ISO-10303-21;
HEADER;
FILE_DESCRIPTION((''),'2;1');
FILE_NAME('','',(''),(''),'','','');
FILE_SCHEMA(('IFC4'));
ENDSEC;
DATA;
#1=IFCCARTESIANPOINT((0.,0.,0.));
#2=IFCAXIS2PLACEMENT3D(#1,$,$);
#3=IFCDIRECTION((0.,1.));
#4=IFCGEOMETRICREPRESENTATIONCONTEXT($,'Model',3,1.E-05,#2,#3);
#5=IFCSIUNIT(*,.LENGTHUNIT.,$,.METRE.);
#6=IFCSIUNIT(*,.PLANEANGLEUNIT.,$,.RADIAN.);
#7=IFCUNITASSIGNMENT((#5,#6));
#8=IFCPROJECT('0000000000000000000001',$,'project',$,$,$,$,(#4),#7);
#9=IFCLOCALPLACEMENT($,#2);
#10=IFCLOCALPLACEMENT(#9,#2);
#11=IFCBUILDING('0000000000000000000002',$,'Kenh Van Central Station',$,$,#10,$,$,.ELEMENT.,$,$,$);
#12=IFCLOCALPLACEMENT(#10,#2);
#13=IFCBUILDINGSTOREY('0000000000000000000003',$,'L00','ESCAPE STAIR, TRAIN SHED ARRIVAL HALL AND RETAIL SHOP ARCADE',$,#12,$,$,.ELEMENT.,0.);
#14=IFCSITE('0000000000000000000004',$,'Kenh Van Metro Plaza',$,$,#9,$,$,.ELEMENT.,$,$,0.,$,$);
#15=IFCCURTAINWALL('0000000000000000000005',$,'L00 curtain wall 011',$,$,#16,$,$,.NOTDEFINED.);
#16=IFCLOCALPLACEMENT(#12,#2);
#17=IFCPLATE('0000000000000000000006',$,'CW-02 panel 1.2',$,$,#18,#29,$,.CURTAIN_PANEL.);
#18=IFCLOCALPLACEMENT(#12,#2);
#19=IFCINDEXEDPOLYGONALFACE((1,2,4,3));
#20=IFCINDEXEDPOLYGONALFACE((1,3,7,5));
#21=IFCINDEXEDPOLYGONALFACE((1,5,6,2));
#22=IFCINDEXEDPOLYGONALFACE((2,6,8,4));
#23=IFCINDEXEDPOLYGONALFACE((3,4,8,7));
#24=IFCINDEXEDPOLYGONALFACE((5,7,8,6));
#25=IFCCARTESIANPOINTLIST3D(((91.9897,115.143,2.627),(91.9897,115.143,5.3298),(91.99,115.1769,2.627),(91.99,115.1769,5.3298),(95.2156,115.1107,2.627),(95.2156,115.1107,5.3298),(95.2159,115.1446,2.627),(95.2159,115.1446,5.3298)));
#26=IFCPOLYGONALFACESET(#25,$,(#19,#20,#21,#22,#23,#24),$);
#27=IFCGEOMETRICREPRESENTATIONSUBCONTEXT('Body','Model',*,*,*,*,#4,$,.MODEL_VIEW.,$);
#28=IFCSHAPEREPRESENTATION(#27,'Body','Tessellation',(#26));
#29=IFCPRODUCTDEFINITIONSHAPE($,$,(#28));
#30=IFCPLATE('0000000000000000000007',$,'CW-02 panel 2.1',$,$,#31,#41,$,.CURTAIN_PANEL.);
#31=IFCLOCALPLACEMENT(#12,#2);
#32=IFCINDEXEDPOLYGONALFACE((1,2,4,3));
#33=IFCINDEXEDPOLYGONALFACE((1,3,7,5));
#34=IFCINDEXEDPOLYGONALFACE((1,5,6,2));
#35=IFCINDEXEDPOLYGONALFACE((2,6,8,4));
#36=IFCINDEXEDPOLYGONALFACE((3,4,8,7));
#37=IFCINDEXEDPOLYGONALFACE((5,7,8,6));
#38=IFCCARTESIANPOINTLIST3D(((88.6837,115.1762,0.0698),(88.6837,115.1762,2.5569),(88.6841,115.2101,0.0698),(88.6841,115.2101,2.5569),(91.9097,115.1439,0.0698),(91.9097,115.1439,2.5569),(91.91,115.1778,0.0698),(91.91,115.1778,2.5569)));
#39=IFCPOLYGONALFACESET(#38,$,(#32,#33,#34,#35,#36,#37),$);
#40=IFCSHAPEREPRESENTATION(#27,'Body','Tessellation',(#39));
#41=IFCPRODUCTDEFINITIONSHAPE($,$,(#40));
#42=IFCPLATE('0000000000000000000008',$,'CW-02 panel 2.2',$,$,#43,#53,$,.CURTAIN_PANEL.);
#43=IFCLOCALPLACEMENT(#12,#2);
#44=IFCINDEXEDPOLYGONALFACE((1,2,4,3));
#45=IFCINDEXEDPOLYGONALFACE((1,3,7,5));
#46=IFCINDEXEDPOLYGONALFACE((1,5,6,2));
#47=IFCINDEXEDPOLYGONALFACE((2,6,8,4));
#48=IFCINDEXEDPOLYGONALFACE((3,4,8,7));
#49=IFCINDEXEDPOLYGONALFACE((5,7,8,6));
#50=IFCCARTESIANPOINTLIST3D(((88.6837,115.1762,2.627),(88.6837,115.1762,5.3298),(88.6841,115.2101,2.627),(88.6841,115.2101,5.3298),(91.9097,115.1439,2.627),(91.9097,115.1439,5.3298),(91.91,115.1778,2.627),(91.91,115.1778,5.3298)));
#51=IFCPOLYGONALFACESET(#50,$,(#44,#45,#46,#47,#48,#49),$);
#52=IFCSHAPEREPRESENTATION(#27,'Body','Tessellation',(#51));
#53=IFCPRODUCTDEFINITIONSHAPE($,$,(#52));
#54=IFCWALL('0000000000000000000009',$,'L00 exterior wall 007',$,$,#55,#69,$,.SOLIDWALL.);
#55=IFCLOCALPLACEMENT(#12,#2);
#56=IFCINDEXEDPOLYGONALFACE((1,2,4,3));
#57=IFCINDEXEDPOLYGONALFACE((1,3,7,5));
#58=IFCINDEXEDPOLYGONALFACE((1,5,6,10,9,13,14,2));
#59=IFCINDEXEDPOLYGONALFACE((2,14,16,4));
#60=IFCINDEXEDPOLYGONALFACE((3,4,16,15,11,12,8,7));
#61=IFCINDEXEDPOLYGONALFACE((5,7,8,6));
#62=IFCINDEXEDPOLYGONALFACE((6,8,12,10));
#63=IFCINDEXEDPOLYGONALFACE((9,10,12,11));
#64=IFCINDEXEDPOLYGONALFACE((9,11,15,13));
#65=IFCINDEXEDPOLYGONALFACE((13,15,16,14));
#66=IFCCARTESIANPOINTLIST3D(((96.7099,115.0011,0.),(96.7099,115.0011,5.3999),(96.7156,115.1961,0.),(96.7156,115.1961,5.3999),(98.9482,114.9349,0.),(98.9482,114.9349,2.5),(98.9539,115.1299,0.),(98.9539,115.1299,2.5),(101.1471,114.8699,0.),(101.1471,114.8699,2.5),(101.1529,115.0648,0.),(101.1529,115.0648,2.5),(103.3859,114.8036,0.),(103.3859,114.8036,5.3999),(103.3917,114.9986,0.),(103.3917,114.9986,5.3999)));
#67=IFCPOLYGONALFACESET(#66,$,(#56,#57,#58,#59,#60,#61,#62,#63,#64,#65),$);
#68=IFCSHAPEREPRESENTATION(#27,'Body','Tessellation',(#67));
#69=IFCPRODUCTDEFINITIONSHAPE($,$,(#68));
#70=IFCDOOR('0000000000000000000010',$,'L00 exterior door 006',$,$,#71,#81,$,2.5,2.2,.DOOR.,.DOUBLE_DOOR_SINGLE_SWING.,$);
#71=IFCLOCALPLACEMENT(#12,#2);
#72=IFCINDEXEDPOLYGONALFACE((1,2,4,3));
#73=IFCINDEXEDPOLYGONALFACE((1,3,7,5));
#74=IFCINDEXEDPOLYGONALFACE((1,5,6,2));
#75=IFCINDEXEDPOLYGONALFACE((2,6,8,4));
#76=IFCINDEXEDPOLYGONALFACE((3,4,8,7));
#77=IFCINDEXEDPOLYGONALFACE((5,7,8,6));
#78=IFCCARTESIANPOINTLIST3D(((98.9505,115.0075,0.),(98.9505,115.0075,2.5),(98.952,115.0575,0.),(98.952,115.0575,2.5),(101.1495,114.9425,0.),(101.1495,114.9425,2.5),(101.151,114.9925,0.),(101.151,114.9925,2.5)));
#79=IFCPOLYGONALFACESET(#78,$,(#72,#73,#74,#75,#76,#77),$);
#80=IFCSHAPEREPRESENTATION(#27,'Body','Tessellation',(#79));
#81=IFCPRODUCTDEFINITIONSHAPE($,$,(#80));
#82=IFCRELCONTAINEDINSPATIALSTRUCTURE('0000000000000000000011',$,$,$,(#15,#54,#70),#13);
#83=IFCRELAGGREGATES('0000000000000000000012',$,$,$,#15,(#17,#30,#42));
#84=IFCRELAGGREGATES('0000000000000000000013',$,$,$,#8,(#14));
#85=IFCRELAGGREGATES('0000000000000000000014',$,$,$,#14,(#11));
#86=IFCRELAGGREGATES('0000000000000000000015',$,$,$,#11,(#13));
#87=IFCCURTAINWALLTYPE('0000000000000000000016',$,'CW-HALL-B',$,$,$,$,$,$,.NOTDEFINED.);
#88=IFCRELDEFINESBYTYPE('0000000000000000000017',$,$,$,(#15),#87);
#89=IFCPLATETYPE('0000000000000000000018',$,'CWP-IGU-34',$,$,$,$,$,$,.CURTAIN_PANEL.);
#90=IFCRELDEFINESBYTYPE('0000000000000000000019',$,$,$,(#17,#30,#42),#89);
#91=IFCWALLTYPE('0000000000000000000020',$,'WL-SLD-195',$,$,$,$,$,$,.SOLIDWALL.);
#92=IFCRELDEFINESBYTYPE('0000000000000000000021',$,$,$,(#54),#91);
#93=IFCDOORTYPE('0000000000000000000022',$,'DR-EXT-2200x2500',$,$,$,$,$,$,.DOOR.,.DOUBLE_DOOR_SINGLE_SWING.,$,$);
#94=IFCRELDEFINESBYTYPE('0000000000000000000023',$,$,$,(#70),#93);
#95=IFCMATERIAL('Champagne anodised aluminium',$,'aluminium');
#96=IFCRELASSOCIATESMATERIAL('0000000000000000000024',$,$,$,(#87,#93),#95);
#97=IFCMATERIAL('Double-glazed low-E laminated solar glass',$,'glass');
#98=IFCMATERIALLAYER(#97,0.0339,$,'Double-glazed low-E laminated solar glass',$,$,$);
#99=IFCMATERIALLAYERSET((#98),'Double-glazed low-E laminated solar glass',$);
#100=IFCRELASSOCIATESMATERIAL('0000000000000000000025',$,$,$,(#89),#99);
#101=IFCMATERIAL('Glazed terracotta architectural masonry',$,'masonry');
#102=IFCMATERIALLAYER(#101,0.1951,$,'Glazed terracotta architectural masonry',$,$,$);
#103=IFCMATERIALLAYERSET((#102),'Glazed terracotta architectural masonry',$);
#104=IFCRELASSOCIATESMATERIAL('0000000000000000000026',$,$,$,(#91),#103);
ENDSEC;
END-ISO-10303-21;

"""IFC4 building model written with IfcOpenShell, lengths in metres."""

from ifc_helpers import new_model, si_unit, direction, frame, frame_2d, origin, origin_2d, place, context, subcontext, project, spatial, rectangle, extrude, material, layer, layer_set, type_object, element, fill, aggregate, save


model = new_model("IFC4")

# Units and contexts
model_context = context("Model", 3, precision=1e-05, world=origin(), true_north=direction((0.0, 1.0)))
body_context = subcontext(model_context, "Body", "Model", "MODEL_VIEW")
ifc_project = project(units=[si_unit("LENGTHUNIT", "METRE"), si_unit("PLANEANGLEUNIT", "RADIAN")], contexts=[model_context])

# Site, building, storey
site_placement = place(None, origin())
site = spatial("IfcSite", under=ifc_project, at=site_placement, Name="Kenh Van Metro Plaza", CompositionType="ELEMENT", RefElevation=0.0)
building_placement = place(site_placement, origin())
building = spatial("IfcBuilding", under=site, at=building_placement, Name="Kenh Van Central Station", CompositionType="ELEMENT")
storey_placement = place(building_placement, origin())
storey = spatial("IfcBuildingStorey", under=building, at=storey_placement, Name="L00", Description="ESCAPE STAIR, TRAIN SHED ARRIVAL HALL AND RETAIL SHOP ARCADE", CompositionType="ELEMENT", Elevation=0.0)

# Curtain wall
ifc_material_1 = material(Name="Champagne anodised aluminium", Category="aluminium")
curtain_wall_type = type_object("IfcCurtainWallType", Name="CW-HALL-B", PredefinedType="NOTDEFINED", material=ifc_material_1)
curtain_wall_1_placement = place(storey_placement, origin())
curtain_wall_1 = element("IfcCurtainWall", 1, at=curtain_wall_1_placement, inside=storey, type_object=curtain_wall_type, Name="L00 curtain wall 011", PredefinedType="NOTDEFINED")

# Plates
ifc_material_2 = material(Name="Double-glazed low-E laminated solar glass", Category="glass")
ifc_layer_1 = layer(ifc_material_2, 0.0339, Name="Double-glazed low-E laminated solar glass")
ifc_layer_set_1 = layer_set([ifc_layer_1], Name="Double-glazed low-E laminated solar glass")
plate_type = type_object("IfcPlateType", Name="CWP-IGU-34", PredefinedType="CURTAIN_PANEL", material=ifc_layer_set_1)
plate_1_placement = place(storey_placement, frame((93.6028, 115.1438, 2.627), z_axis=(0.0, 0.0, 1.0), x_axis=(-0.99995, 0.010012, 0.0)))
plate_1 = element("IfcPlate", 2, at=plate_1_placement, type_object=plate_type, Name="CW-02 panel 1.2", PredefinedType="CURTAIN_PANEL", context=body_context, shape_type="SweptSolid", body=[
    extrude(rectangle(XDim=3.2261, YDim=0.0339, at=origin_2d()), origin(), (0.0, 0.0, 1.0), 2.7029),
])
plate_2_placement = place(storey_placement, frame((90.2969, 115.177, 0.0698), z_axis=(0.0, 0.0, 1.0), x_axis=(-0.99995, 0.010012, 0.0)))
plate_2 = element("IfcPlate", 3, at=plate_2_placement, type_object=plate_type, Name="CW-02 panel 2.1", PredefinedType="CURTAIN_PANEL", context=body_context, shape_type="SweptSolid", body=[
    extrude(rectangle(XDim=3.2261, YDim=0.0339, at=origin_2d()), origin(), (0.0, 0.0, 1.0), 2.4871),
])
plate_3_placement = place(storey_placement, frame((90.2969, 115.177, 2.627), z_axis=(0.0, 0.0, 1.0), x_axis=(-0.99995, 0.010012, 0.0)))
plate_3 = element("IfcPlate", 4, at=plate_3_placement, type_object=plate_type, Name="CW-02 panel 2.2", PredefinedType="CURTAIN_PANEL", context=body_context, shape_type="SweptSolid", body=[
    extrude(rectangle(XDim=3.2261, YDim=0.0339, at=origin_2d()), origin(), (0.0, 0.0, 1.0), 2.7029),
])
aggregate(curtain_wall_1, [plate_1, plate_2, plate_3])

# Wall, opening, door
ifc_material_3 = material(Name="Glazed terracotta architectural masonry", Category="masonry")
ifc_layer_2 = layer(ifc_material_3, 0.1951, Name="Glazed terracotta architectural masonry")
ifc_layer_set_2 = layer_set([ifc_layer_2], Name="Glazed terracotta architectural masonry")
wall_type = type_object("IfcWallType", Name="WL-SLD-195", PredefinedType="SOLIDWALL", material=ifc_layer_set_2)
wall_placement = place(storey_placement, frame((103.3887, 114.9011, 0.0), z_axis=(0.0, 0.0, 1.0), x_axis=(-0.999563, 0.029572, 0.0)))
wall = element("IfcWall", 5, at=wall_placement, inside=storey, type_object=wall_type, Name="L00 exterior wall 007", PredefinedType="SOLIDWALL", context=body_context, shape_type="SweptSolid", body=[
    extrude(rectangle(XDim=6.679, YDim=0.1951, at=frame_2d((3.3394, 0.0))), origin(), (0.0, 0.0, 1.0), 5.3999),
])
opening_placement = place(wall_placement, frame((2.2395, 0.0, 0.0)))
opening = element("IfcOpeningElement", 6, at=opening_placement, cuts=wall, PredefinedType="OPENING", context=body_context, shape_type="SweptSolid", body=[
    extrude(rectangle(XDim=2.2, YDim=2.5, at=frame_2d((1.1001, 1.25))), frame((0.0, 0.1074, 0.0), z_axis=(0.0, -1.0, 0.0), x_axis=(1.0, 0.0, 0.0)), (0.0, 0.0, 1.0), 0.2151),
])
door_type = type_object("IfcDoorType", Name="DR-EXT-2200x2500", OperationType="DOUBLE_DOOR_SINGLE_SWING", PredefinedType="DOOR", material=ifc_material_1)
door_placement = place(opening_placement, frame((2.2, 0.0, 0.0), z_axis=(0.0, 0.0, 1.0), x_axis=(-1.0, 0.0, 0.0)))
door = element("IfcDoor", 7, at=door_placement, inside=storey, type_object=door_type, Name="L00 exterior door 006", OperationType="DOUBLE_DOOR_SINGLE_SWING", OverallHeight=2.5, OverallWidth=2.2, PredefinedType="DOOR", context=body_context, shape_type="SweptSolid", body=[
    extrude(rectangle(XDim=2.2, YDim=2.5, at=frame_2d((-1.1001, 1.25))), frame((0.0, -0.0249, 0.0), z_axis=(0.0, 1.0, 0.0), x_axis=(-1.0, 0.0, 0.0)), (0.0, 0.0, 1.0), 0.05),
])
fill(opening, door)

save(model, "model.ifc")
